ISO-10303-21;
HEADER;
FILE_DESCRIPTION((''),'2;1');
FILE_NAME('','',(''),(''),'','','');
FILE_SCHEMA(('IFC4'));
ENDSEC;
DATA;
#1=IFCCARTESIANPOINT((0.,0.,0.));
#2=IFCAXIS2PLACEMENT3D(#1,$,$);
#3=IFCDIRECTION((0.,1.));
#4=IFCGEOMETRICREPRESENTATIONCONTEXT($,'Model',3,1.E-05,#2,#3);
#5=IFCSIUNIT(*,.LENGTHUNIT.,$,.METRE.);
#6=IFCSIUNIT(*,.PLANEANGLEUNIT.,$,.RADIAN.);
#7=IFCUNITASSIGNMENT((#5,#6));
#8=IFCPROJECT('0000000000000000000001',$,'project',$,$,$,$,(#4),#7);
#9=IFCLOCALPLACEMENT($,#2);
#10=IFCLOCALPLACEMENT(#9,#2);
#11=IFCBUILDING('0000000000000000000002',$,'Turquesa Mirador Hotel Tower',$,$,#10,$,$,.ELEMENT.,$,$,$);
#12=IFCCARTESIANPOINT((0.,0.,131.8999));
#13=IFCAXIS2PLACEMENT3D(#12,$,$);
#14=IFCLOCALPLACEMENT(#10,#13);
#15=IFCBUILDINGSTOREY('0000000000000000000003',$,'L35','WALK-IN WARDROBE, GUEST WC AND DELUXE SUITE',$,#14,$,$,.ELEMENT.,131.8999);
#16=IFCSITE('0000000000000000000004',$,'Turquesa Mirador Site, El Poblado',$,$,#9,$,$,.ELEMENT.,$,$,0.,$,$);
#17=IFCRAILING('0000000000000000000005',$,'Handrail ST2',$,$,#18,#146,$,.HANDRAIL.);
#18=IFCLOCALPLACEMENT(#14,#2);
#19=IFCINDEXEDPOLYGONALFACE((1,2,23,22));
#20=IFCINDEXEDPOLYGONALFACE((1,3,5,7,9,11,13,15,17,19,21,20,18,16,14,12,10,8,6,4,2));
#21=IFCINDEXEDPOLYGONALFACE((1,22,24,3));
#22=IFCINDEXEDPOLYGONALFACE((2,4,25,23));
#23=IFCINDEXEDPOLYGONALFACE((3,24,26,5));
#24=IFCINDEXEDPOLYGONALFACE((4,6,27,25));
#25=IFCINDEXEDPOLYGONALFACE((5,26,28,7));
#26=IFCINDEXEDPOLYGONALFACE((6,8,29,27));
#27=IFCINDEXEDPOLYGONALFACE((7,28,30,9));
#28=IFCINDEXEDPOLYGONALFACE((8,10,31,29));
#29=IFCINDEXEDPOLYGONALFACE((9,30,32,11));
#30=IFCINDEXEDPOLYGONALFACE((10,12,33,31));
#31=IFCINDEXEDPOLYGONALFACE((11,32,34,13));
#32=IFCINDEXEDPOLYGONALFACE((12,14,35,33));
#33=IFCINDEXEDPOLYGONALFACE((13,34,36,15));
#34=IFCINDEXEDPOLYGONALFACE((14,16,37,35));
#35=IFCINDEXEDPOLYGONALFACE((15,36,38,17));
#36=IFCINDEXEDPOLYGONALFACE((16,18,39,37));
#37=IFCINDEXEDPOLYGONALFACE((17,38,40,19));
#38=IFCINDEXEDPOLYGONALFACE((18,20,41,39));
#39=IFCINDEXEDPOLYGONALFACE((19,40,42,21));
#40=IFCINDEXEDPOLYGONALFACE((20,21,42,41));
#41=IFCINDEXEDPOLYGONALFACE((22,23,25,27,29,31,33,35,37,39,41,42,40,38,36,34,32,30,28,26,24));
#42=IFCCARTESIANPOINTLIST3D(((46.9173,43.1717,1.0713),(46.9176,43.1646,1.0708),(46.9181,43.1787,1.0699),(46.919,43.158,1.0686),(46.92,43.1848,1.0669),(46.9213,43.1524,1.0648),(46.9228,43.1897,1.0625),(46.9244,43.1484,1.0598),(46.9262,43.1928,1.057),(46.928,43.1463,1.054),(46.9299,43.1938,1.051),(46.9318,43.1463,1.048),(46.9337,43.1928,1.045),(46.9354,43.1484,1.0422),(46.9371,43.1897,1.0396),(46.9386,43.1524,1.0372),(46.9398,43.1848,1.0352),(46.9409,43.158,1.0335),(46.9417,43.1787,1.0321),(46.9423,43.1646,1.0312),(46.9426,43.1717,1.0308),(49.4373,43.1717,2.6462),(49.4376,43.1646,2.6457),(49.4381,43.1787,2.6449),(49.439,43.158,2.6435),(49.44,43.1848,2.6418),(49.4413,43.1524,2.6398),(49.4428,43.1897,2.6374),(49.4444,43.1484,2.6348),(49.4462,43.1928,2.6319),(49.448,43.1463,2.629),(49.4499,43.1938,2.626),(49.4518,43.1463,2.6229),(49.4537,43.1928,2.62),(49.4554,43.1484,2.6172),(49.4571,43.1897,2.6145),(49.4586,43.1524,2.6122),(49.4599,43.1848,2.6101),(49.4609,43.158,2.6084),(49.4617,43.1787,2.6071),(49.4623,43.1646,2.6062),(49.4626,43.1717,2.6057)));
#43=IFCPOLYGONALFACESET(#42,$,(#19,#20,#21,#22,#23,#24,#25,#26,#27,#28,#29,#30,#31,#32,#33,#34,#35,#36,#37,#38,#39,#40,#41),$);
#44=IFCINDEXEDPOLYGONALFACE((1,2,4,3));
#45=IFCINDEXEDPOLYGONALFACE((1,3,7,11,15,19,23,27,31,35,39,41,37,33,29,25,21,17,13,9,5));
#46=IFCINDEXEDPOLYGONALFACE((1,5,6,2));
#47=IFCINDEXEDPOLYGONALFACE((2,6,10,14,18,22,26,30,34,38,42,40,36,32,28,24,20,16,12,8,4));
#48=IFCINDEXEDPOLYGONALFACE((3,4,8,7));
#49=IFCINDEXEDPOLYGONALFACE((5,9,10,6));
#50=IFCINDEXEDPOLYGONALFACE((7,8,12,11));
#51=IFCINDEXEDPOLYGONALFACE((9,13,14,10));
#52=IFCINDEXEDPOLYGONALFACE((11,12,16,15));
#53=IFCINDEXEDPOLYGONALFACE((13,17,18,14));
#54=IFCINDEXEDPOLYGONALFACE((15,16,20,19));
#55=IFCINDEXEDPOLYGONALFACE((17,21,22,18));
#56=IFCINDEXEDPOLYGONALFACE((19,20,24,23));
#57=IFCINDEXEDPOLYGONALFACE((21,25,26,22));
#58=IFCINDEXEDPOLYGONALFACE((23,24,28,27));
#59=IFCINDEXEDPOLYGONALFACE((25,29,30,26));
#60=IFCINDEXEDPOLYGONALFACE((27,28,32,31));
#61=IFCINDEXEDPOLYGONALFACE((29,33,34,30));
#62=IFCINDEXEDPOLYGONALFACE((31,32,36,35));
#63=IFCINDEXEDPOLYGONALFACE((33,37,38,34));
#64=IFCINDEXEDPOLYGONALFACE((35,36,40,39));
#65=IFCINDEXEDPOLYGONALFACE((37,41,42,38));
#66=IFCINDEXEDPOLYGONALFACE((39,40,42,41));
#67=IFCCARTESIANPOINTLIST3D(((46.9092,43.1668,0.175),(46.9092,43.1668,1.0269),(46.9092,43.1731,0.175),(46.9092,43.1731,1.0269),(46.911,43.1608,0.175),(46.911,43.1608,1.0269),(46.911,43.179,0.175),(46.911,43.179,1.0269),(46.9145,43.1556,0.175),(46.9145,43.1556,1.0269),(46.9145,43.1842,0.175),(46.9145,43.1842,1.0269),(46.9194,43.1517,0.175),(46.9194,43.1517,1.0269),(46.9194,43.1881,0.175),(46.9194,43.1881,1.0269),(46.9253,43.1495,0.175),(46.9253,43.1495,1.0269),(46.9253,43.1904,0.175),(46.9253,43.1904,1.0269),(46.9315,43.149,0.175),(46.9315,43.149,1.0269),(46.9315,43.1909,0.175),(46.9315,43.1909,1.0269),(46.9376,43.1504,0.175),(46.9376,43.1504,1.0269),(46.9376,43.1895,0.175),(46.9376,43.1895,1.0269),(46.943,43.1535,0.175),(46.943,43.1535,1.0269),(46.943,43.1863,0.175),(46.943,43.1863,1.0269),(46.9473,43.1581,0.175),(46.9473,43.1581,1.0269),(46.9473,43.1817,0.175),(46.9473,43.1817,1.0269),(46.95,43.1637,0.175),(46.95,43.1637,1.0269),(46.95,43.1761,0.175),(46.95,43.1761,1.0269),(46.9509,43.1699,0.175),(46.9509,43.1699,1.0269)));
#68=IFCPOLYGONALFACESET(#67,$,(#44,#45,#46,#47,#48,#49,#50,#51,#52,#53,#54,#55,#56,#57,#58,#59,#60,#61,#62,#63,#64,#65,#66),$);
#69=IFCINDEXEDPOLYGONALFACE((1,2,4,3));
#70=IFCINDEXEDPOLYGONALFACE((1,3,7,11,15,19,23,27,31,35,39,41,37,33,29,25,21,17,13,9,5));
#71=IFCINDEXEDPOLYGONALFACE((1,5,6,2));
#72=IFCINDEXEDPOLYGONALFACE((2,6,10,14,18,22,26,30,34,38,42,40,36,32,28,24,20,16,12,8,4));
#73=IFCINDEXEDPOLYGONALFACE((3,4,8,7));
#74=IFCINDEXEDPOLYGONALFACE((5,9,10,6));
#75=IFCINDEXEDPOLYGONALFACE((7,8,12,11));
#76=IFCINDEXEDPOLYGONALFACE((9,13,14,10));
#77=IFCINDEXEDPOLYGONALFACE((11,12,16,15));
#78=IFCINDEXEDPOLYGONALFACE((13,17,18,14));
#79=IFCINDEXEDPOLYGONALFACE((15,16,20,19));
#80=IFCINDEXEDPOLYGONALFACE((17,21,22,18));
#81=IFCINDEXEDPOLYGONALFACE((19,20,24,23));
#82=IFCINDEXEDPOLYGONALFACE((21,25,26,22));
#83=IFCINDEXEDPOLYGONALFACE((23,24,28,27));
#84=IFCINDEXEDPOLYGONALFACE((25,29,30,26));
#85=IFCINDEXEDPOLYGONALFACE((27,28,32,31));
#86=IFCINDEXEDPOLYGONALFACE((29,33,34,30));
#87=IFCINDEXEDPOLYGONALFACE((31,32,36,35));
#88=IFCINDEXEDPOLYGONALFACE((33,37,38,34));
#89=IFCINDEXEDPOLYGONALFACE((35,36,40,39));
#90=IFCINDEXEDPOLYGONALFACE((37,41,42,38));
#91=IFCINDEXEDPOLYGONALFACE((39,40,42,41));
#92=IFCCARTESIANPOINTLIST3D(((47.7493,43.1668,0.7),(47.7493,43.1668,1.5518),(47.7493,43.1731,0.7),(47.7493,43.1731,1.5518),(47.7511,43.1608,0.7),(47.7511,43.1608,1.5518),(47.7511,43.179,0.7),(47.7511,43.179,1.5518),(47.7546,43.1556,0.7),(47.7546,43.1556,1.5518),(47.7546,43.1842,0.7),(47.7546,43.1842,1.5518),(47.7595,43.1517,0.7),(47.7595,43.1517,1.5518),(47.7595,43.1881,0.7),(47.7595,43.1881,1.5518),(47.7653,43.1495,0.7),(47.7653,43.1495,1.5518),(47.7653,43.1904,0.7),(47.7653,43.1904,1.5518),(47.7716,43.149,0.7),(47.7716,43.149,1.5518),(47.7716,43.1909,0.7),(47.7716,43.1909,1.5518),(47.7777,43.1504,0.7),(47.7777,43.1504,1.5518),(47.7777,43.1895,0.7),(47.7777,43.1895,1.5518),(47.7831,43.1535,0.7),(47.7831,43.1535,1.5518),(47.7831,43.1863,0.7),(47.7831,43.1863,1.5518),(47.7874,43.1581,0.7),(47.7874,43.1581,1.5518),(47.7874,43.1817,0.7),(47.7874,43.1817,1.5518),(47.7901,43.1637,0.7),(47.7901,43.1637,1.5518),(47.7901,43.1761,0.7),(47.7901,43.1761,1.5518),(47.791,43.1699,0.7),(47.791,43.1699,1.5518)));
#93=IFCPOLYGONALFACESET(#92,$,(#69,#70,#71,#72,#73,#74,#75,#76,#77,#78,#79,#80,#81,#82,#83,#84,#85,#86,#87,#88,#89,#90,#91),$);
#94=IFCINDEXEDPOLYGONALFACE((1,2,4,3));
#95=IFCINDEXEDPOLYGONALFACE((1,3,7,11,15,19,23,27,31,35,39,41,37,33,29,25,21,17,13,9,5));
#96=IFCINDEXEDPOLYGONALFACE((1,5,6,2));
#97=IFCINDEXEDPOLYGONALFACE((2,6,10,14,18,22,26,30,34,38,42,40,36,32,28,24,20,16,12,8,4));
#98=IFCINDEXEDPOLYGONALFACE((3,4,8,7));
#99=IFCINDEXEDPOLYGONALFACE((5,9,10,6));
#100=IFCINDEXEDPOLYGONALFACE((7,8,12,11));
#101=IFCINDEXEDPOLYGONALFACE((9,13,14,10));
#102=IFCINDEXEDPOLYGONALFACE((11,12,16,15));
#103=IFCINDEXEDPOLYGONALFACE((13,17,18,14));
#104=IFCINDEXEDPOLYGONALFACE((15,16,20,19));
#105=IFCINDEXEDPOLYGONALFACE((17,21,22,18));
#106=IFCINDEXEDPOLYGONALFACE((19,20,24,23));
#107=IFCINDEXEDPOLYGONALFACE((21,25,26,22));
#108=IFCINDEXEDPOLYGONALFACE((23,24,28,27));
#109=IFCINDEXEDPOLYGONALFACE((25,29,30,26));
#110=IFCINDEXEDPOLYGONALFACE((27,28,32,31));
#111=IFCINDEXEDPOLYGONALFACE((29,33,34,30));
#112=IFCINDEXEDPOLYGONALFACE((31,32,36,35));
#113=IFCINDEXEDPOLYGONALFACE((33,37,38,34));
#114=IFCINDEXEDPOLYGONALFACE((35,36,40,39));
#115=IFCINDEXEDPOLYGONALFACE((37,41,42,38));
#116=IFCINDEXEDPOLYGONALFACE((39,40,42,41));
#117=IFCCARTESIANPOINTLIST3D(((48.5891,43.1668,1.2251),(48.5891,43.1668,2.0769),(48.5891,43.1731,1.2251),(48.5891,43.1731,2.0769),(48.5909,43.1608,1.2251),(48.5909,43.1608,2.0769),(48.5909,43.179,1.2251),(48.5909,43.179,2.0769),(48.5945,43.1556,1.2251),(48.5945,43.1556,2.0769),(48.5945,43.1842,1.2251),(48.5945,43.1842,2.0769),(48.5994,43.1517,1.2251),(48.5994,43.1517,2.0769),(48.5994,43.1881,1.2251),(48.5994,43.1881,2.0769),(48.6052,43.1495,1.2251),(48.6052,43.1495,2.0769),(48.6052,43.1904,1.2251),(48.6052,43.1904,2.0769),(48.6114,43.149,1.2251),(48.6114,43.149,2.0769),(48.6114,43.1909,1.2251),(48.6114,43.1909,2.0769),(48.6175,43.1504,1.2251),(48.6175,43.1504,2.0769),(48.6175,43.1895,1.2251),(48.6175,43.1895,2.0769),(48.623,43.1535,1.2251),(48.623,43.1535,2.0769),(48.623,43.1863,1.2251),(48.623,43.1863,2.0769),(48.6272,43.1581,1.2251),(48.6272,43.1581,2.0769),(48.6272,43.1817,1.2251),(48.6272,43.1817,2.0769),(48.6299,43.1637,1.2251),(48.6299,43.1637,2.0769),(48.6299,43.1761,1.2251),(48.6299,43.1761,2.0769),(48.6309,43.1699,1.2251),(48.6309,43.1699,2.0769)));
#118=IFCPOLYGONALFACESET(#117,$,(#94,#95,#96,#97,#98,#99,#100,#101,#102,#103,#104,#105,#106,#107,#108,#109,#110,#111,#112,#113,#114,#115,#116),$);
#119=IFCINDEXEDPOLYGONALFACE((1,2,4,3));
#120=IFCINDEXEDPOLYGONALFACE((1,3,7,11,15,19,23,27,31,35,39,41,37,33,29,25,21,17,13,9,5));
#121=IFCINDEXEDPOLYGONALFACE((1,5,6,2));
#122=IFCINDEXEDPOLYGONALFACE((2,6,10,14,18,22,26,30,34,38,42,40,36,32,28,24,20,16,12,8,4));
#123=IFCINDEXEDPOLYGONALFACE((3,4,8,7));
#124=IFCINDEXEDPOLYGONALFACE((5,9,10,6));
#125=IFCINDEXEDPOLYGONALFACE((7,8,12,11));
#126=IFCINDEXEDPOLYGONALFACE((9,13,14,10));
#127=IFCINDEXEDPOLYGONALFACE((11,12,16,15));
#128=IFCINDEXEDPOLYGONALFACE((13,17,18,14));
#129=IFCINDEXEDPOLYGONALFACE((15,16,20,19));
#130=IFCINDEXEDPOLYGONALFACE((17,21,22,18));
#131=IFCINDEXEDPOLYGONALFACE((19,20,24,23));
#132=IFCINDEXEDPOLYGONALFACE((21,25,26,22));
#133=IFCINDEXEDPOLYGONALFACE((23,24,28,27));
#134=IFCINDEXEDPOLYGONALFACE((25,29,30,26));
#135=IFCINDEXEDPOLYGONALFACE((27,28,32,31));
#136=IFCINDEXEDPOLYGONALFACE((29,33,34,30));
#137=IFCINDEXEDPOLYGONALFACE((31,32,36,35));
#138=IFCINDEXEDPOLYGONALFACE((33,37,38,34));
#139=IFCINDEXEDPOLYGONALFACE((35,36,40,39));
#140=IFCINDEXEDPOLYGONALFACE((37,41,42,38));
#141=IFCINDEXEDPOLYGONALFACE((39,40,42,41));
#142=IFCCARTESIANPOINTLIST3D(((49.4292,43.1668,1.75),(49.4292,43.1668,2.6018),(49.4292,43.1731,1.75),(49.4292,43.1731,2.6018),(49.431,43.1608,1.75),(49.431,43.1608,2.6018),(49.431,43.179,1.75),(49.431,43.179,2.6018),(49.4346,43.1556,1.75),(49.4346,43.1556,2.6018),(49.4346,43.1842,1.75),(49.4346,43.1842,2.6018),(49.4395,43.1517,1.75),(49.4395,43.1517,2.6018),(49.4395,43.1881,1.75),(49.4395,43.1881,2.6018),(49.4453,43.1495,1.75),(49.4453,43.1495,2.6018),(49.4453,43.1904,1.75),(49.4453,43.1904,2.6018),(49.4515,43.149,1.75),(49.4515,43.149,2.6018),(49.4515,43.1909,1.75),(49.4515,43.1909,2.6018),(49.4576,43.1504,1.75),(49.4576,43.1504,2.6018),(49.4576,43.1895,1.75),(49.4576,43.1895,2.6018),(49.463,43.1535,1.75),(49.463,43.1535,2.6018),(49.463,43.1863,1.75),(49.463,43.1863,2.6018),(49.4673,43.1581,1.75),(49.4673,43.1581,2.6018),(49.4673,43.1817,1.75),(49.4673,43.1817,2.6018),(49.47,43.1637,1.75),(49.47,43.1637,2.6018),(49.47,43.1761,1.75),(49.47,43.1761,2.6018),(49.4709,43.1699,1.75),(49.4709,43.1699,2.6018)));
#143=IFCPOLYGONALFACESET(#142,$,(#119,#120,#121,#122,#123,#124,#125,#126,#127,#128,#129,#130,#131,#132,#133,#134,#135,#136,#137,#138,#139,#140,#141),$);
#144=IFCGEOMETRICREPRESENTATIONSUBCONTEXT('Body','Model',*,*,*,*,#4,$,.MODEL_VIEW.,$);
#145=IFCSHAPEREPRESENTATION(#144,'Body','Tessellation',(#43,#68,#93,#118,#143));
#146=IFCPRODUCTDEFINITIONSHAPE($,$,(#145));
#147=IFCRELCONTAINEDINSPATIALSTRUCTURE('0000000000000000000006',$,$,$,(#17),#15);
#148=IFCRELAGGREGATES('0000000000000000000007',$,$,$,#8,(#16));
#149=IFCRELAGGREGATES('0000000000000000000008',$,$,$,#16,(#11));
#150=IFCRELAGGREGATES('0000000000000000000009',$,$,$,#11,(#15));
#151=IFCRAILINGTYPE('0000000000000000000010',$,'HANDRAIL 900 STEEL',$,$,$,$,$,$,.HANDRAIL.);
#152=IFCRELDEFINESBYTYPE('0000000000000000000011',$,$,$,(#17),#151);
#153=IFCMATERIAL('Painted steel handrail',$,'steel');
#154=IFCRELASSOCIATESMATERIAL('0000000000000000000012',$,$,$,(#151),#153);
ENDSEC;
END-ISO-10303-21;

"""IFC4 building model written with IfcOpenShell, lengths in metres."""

from ifc_helpers import new_model, si_unit, direction, frame, origin, origin_2d, place, context, subcontext, project, spatial, circle, extrude, material, type_object, element, save


model = new_model("IFC4")

# Units and contexts
model_context = context("Model", 3, precision=1e-05, world=origin(), true_north=direction((0.0, 1.0)))
body_context = subcontext(model_context, "Body", "Model", "MODEL_VIEW")
ifc_project = project(units=[si_unit("LENGTHUNIT", "METRE"), si_unit("PLANEANGLEUNIT", "RADIAN")], contexts=[model_context])

# Site, building, storey
site_placement = place(None, origin())
site = spatial("IfcSite", under=ifc_project, at=site_placement, Name="Turquesa Mirador Site, El Poblado", CompositionType="ELEMENT", RefElevation=0.0)
building_placement = place(site_placement, origin())
building = spatial("IfcBuilding", under=site, at=building_placement, Name="Turquesa Mirador Hotel Tower", CompositionType="ELEMENT")
storey_placement = place(building_placement, frame((0.0, 0.0, 131.8999)))
storey = spatial("IfcBuildingStorey", under=building, at=storey_placement, Name="L35", Description="WALK-IN WARDROBE, GUEST WC AND DELUXE SUITE", CompositionType="ELEMENT", Elevation=131.8999)

# Railing
ifc_material_1 = material(Name="Painted steel handrail", Category="steel")
railing_type = type_object("IfcRailingType", Name="HANDRAIL 900 STEEL", PredefinedType="HANDRAIL", material=ifc_material_1)
for number, where, name in (
    (1, (46.9299, 43.1699, 0.175), "Handrail ST2"),
):
    element("IfcRailing", number, at=place(storey_placement, frame(where)), inside=storey, type_object=railing_type, Name=name, PredefinedType="HANDRAIL", context=body_context, shape_type="SweptSolid", body=[
        extrude(circle(Radius=0.0239, at=origin_2d()), frame((0.0, 0.0, 0.876), z_axis=(0.848008, 0.0, 0.529984), x_axis=(0.0, 1.0, 0.0)), (0.0, 0.0, 1.0), 2.9717),
        extrude(circle(Radius=0.021, at=origin_2d()), origin(), (0.0, 0.0, 1.0), 0.8518),
        extrude(circle(Radius=0.021, at=origin_2d()), frame((0.8401, 0.0, 0.5249)), (0.0, 0.0, 1.0), 0.8518),
        extrude(circle(Radius=0.021, at=origin_2d()), frame((1.6799, 0.0, 1.05)), (0.0, 0.0, 1.0), 0.8518),
        extrude(circle(Radius=0.021, at=origin_2d()), frame((2.52, 0.0, 1.575)), (0.0, 0.0, 1.0), 0.8518),
    ])

save(model, "model.ifc")
